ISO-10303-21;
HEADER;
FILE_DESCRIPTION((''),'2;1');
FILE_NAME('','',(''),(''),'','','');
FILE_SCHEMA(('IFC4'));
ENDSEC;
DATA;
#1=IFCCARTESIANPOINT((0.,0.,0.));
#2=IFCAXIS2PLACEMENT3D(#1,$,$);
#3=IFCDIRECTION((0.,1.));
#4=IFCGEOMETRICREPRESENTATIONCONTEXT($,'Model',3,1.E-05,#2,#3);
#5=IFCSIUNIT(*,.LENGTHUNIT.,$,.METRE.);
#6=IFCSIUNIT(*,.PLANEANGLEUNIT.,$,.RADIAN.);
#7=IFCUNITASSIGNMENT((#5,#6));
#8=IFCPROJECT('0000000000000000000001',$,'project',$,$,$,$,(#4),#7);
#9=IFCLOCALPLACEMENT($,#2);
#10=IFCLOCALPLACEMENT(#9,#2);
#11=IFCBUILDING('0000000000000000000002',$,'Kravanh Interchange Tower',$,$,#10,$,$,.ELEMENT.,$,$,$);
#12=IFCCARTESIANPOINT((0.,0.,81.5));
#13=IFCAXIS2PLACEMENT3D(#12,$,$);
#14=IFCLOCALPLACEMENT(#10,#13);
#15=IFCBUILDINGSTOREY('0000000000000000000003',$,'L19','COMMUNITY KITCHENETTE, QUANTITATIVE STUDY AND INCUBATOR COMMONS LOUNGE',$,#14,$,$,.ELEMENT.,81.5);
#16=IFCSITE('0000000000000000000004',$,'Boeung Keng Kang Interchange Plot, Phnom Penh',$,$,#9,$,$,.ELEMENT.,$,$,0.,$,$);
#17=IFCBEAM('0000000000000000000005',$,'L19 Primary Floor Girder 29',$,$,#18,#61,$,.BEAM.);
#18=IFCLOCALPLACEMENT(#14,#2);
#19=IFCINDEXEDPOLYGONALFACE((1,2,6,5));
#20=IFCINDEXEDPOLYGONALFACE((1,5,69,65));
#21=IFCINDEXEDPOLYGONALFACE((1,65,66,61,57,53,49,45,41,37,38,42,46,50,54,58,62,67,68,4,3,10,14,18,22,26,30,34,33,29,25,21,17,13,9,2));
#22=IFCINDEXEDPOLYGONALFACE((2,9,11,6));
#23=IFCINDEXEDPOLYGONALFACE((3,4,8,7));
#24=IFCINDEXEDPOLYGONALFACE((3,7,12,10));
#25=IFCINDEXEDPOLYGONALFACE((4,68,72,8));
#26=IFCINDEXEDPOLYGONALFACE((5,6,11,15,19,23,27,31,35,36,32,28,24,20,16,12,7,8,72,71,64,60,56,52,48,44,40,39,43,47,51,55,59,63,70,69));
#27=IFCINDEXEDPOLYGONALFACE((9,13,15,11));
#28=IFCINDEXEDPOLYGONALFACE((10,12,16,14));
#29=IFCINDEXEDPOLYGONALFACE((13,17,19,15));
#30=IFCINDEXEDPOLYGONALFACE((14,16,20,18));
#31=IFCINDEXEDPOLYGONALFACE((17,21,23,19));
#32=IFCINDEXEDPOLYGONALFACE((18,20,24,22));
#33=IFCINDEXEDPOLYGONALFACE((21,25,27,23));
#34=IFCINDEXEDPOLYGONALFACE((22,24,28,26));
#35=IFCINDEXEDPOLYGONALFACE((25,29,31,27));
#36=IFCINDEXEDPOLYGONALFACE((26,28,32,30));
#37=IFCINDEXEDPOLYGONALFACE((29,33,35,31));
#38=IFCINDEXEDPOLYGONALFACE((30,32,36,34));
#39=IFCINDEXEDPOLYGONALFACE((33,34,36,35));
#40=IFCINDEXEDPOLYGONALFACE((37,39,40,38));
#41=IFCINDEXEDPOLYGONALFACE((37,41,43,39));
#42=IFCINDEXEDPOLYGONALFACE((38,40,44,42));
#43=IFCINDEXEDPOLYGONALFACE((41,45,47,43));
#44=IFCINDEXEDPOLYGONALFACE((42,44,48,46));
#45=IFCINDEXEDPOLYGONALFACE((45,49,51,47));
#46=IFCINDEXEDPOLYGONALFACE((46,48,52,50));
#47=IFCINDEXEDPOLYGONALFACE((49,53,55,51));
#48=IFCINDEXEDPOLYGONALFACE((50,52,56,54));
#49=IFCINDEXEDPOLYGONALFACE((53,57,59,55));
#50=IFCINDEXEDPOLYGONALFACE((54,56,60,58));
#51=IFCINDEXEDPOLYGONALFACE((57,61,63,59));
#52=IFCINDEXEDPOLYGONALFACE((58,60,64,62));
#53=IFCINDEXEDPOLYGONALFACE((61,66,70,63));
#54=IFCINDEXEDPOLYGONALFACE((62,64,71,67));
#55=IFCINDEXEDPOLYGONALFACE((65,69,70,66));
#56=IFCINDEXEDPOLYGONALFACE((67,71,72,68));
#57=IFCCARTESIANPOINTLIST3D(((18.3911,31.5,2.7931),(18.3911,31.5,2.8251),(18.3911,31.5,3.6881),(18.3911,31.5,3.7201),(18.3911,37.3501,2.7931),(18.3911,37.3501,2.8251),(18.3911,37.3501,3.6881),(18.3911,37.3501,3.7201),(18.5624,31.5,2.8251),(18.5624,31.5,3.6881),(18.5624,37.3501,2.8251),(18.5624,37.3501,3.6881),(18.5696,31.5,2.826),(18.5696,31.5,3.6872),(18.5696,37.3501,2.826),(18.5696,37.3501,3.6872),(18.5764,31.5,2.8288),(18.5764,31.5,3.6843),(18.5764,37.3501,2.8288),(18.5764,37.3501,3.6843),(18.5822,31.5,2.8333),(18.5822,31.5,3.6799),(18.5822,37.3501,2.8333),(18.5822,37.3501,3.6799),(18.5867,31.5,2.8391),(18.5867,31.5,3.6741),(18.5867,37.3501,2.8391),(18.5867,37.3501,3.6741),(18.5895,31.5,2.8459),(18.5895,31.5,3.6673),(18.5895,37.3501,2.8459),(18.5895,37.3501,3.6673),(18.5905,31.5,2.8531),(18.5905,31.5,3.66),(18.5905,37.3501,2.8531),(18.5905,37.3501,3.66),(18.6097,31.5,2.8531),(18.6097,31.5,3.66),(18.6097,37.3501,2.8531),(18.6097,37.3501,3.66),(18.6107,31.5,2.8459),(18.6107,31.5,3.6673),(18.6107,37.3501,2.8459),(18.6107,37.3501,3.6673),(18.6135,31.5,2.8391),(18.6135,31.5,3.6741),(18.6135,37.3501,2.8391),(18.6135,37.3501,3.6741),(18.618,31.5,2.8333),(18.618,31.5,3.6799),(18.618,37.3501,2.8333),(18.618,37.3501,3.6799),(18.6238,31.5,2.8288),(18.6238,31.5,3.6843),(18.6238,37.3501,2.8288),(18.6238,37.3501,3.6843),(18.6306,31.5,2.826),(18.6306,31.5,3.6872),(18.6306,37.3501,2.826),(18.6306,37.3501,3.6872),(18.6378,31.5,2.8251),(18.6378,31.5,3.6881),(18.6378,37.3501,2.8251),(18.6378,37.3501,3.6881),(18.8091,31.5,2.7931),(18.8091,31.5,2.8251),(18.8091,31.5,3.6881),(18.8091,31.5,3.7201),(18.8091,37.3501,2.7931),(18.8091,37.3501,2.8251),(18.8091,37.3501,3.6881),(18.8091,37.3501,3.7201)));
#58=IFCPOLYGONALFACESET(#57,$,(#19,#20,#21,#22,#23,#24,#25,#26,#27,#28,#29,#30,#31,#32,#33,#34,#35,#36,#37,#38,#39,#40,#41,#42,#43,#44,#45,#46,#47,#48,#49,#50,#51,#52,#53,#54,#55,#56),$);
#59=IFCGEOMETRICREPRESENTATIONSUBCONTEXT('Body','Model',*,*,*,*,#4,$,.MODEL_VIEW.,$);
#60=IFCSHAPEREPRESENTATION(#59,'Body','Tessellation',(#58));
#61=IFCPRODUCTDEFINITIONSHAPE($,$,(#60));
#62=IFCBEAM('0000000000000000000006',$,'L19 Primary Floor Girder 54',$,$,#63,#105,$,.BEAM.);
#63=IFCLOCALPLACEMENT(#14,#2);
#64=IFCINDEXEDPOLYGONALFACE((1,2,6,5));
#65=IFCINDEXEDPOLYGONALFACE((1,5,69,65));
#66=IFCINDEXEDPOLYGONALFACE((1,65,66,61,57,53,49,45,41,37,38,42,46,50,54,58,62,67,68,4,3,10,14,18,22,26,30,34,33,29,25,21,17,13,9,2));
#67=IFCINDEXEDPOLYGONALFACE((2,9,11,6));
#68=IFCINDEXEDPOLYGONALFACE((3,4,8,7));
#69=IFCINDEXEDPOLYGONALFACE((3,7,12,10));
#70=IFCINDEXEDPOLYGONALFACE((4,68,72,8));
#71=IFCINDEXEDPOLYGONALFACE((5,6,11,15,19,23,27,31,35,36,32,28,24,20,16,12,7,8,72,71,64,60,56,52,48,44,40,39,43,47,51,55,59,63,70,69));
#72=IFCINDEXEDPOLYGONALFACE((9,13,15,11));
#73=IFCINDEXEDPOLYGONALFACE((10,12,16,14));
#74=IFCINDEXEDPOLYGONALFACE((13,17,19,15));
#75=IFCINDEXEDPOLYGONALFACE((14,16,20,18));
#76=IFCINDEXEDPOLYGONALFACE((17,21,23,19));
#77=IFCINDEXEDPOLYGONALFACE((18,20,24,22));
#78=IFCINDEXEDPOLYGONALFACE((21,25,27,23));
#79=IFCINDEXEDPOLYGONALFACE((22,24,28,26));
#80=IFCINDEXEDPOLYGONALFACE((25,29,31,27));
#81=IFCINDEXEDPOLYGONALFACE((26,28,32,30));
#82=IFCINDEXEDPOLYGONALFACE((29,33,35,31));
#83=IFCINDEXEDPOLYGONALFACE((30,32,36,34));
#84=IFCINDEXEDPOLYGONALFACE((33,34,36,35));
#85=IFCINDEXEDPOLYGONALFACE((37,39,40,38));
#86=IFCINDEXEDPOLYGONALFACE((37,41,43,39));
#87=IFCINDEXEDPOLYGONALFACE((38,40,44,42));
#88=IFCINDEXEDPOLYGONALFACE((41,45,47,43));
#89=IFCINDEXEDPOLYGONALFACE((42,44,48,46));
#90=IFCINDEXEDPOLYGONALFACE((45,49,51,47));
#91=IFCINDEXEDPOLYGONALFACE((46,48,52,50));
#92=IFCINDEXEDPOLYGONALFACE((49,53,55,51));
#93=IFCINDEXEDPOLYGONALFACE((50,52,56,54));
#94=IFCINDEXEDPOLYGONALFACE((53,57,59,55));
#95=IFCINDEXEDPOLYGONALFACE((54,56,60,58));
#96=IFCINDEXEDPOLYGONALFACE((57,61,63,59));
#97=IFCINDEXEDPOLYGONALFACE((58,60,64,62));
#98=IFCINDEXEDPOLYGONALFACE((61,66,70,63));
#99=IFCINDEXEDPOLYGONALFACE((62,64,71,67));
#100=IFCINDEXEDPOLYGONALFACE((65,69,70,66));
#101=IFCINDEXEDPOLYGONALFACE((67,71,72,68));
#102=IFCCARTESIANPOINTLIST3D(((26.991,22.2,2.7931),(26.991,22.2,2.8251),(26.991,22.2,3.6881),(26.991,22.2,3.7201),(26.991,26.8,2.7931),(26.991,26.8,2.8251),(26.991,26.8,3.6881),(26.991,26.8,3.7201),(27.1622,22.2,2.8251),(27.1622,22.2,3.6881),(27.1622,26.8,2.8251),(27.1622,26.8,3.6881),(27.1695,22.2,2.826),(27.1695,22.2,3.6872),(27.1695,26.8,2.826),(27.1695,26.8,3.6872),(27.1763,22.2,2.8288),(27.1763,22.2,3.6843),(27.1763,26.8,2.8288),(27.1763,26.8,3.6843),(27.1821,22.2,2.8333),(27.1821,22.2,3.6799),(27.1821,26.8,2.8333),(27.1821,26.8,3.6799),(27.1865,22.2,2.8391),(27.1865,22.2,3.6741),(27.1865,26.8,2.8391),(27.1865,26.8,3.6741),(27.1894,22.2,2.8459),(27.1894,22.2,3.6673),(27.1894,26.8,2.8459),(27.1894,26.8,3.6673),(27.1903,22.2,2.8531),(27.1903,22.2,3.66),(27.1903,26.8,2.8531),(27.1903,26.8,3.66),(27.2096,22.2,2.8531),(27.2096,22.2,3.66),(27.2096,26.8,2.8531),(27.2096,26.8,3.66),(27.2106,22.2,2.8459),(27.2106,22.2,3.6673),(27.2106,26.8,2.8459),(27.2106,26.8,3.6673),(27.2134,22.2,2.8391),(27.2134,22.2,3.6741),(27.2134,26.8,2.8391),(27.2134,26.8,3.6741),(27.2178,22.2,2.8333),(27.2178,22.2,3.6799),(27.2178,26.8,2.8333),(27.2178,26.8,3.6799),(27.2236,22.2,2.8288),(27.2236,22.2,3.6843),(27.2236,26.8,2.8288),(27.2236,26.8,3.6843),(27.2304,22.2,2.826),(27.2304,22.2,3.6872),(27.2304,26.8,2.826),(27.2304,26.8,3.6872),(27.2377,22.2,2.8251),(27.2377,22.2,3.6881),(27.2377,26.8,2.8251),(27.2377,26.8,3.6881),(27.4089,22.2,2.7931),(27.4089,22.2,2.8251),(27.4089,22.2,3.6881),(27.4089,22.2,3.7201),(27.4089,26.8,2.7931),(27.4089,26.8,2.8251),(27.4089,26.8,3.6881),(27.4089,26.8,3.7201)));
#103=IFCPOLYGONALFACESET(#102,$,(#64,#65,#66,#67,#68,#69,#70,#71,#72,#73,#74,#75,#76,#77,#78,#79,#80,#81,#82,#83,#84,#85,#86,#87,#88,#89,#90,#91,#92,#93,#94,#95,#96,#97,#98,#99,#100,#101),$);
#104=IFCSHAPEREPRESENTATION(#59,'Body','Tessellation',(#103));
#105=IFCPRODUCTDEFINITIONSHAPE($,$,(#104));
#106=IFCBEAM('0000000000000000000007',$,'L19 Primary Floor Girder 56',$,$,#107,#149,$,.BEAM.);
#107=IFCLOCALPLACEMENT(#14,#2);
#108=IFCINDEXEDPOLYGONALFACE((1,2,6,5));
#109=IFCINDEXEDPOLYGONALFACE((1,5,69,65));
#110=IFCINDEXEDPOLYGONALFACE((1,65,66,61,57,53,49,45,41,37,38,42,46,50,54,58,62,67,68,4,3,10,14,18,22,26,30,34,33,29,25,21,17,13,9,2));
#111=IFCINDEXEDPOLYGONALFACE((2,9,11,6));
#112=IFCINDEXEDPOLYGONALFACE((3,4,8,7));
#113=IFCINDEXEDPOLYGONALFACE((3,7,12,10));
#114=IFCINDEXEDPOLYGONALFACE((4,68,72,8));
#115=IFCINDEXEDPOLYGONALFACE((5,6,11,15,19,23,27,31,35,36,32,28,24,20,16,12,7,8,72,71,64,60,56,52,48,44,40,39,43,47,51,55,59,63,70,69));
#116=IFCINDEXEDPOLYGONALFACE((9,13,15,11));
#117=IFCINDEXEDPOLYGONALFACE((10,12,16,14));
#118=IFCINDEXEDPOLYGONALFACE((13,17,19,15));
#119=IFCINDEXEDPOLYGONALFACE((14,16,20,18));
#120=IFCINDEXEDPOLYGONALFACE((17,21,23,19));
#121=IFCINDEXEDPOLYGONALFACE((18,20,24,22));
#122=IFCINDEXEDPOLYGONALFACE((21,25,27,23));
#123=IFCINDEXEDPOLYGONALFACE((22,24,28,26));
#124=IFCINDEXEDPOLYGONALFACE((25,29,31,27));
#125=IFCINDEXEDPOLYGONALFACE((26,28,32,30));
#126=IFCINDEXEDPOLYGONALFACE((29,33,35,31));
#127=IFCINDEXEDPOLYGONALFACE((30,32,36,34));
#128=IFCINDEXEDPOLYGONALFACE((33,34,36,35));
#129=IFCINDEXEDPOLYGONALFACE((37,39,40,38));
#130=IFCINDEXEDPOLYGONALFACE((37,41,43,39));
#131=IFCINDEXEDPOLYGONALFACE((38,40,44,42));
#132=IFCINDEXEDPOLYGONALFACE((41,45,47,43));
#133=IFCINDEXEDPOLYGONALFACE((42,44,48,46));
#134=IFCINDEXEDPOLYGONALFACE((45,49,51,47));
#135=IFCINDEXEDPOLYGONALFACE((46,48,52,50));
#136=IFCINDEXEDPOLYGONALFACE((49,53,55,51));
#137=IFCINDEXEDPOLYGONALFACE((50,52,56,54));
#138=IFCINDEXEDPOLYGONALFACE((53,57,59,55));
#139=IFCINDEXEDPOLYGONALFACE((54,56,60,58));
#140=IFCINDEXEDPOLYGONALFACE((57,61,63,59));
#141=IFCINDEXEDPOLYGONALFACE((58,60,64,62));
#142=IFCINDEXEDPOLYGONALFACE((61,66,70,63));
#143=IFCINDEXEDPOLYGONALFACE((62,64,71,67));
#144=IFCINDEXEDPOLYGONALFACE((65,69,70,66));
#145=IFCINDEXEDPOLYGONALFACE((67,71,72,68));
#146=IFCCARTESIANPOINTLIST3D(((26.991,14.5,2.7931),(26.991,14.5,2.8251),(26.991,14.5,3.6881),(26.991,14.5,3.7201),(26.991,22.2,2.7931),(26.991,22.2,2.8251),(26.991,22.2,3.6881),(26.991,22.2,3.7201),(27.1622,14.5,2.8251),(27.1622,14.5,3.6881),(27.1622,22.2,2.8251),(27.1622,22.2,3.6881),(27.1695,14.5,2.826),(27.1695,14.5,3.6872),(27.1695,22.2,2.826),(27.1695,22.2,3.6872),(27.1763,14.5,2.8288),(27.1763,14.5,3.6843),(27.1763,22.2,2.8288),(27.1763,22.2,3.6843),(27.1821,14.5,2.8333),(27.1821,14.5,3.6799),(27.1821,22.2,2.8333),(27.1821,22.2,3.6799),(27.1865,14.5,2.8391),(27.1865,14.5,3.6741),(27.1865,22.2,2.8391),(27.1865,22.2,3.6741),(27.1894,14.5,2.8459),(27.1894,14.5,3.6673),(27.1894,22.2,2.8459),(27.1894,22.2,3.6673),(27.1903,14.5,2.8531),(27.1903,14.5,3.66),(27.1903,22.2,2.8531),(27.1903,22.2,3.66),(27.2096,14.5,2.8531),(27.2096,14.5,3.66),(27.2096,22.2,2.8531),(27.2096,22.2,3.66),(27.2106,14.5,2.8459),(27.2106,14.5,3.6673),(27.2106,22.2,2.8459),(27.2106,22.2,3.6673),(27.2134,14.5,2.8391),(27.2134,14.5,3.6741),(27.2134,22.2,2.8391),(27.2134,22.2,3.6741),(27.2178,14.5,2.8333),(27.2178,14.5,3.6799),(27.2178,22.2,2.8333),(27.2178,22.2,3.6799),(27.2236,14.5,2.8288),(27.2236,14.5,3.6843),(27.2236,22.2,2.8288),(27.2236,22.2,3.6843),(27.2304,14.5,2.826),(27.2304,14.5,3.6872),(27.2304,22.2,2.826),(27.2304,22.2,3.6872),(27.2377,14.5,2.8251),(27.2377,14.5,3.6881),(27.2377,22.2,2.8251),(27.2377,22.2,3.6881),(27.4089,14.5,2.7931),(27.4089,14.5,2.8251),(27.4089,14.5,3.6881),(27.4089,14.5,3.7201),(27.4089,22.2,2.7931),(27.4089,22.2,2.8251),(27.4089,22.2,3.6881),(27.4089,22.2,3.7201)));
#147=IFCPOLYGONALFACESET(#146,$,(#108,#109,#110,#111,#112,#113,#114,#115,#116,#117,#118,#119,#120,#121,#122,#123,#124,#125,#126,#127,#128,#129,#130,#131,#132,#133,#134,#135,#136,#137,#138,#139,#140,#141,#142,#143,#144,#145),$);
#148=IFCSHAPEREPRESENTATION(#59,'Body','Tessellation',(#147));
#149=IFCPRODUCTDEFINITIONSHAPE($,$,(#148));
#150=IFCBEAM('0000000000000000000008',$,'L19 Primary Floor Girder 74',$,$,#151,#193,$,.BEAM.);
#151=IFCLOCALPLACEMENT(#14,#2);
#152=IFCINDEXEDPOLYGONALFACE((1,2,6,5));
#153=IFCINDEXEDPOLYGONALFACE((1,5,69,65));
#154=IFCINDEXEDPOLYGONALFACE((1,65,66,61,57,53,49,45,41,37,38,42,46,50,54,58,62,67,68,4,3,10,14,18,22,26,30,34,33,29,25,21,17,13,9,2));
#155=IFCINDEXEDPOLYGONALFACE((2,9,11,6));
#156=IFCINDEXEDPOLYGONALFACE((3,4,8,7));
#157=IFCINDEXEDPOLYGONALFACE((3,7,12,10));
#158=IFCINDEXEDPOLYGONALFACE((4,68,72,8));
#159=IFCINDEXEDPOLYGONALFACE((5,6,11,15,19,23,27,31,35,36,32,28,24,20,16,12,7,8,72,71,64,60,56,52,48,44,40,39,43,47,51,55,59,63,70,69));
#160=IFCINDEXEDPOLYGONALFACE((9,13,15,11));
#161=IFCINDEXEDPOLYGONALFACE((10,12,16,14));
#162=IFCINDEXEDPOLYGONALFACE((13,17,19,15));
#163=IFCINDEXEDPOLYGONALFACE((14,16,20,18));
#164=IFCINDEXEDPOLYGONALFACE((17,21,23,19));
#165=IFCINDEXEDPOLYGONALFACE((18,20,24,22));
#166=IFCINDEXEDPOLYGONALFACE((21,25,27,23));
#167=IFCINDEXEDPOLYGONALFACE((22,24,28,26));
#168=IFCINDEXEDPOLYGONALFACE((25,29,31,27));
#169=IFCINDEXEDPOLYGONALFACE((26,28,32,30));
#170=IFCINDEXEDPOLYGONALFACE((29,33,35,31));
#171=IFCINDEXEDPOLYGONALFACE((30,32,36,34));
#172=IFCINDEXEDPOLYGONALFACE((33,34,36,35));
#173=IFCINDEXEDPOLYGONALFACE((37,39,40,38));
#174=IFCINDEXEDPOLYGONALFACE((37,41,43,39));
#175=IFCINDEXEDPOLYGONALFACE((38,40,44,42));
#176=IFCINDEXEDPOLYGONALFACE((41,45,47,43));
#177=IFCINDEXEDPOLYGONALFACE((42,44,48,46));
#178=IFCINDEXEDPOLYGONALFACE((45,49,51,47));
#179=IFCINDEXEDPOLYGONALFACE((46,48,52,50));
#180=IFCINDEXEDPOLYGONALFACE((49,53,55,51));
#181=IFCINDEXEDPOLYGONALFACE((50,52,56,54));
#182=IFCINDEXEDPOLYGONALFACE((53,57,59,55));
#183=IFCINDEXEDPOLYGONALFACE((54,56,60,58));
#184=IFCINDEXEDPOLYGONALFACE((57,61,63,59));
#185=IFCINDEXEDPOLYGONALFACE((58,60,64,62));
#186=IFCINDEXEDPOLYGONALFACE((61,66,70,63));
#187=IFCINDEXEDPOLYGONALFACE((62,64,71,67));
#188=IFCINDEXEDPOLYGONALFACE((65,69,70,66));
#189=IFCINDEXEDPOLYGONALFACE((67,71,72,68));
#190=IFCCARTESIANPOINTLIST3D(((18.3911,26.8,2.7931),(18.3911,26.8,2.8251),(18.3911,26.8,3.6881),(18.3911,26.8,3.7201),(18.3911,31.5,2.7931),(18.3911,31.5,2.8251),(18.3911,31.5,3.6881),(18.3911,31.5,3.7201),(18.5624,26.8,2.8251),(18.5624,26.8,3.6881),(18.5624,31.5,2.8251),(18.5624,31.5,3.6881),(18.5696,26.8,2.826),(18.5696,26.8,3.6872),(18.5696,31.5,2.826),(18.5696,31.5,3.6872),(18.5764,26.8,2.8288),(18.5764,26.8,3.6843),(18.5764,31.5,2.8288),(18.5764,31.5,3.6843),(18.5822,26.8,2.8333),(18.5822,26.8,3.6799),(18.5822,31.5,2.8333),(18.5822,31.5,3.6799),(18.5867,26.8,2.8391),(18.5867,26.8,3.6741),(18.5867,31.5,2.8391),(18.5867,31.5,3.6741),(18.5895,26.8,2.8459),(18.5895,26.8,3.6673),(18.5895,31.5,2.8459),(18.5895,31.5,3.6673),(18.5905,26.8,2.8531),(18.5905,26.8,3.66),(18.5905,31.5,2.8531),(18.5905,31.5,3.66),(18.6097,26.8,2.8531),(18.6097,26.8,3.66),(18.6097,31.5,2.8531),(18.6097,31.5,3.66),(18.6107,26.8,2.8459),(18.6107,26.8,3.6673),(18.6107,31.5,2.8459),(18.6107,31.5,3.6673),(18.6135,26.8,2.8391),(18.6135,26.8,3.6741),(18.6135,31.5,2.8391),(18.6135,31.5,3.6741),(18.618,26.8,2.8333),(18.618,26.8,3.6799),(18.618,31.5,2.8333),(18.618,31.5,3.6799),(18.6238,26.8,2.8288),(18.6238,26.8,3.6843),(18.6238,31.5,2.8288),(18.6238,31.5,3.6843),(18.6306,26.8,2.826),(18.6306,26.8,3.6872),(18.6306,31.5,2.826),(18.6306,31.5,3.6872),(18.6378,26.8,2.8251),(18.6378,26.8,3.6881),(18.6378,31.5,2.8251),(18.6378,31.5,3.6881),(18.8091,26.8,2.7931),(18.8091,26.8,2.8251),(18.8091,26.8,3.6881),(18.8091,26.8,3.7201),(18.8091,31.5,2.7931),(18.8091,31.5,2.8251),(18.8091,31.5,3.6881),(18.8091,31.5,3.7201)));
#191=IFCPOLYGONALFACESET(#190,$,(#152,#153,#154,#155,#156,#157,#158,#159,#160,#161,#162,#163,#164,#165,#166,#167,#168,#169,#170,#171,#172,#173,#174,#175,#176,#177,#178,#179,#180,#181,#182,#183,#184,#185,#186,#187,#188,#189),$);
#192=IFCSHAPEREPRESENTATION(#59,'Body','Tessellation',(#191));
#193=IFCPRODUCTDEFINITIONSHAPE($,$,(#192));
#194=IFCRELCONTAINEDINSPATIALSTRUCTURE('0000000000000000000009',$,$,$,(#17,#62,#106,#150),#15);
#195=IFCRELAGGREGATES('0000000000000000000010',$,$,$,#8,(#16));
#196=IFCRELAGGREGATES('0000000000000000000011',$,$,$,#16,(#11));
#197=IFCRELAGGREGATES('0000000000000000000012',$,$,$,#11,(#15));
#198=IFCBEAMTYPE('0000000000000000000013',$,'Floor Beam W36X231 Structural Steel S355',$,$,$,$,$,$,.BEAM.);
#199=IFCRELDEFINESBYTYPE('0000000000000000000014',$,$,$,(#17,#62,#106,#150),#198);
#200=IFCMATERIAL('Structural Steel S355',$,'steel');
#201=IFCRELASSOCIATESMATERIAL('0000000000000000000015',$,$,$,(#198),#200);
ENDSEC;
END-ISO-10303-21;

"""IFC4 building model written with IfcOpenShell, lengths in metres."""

from ifc_helpers import new_model, si_unit, direction, frame, origin, origin_2d, place, context, subcontext, project, spatial, i_section, extrude, material, material_profile, profile_set, type_object, element, save


model = new_model("IFC4")

# Units and contexts
model_context = context("Model", 3, precision=1e-05, world=origin(), true_north=direction((0.0, 1.0)))
body_context = subcontext(model_context, "Body", "Model", "MODEL_VIEW")
ifc_project = project(units=[si_unit("LENGTHUNIT", "METRE"), si_unit("PLANEANGLEUNIT", "RADIAN")], contexts=[model_context])

# Site, building, storey
site_placement = place(None, origin())
site = spatial("IfcSite", under=ifc_project, at=site_placement, Name="Boeung Keng Kang Interchange Plot, Phnom Penh", CompositionType="ELEMENT", RefElevation=0.0)
building_placement = place(site_placement, origin())
building = spatial("IfcBuilding", under=site, at=building_placement, Name="Kravanh Interchange Tower", CompositionType="ELEMENT")
storey_placement = place(building_placement, frame((0.0, 0.0, 81.5)))
storey = spatial("IfcBuildingStorey", under=building, at=storey_placement, Name="L19", Description="COMMUNITY KITCHENETTE, QUANTITATIVE STUDY AND INCUBATOR COMMONS LOUNGE", CompositionType="ELEMENT", Elevation=81.5)

# Beams
ifc_material_1 = material(Name="Structural Steel S355", Category="steel")
ifc_material_profile_1 = material_profile(ifc_material_1, i_section(OverallWidth=0.418, OverallDepth=0.927, WebThickness=0.0193, FlangeThickness=0.032, FilletRadius=0.0281, at=origin_2d()), Name="W36X231")
ifc_profile_set_1 = profile_set([ifc_material_profile_1], Name="Structural Steel S355")
beam_type_1 = type_object("IfcBeamType", Name="Floor Beam W36X231 Structural Steel S355", PredefinedType="BEAM", material=ifc_profile_set_1)
beam_1_placement = place(storey_placement, frame((18.6001, 37.3501, 3.2566), z_axis=(0.0, -1.0, 0.0), x_axis=(1.0, 0.0, 0.0)))
element("IfcBeam", 1, at=beam_1_placement, inside=storey, type_object=beam_type_1, Name="L19 Primary Floor Girder 29", PredefinedType="BEAM", context=body_context, shape_type="SweptSolid", body=[
    extrude(i_section(OverallWidth=0.418, OverallDepth=0.927, WebThickness=0.0193, FlangeThickness=0.032, FilletRadius=0.0281, at=origin_2d()), origin(), (0.0, 0.0, 1.0), 5.8501),
])
beam_2_placement = place(storey_placement, frame((27.2, 22.2, 3.2566), z_axis=(0.0, 1.0, 0.0), x_axis=(-1.0, 0.0, 0.0)))
element("IfcBeam", 2, at=beam_2_placement, inside=storey, type_object=beam_type_1, Name="L19 Primary Floor Girder 54", PredefinedType="BEAM", context=body_context, shape_type="SweptSolid", body=[
    extrude(i_section(OverallWidth=0.418, OverallDepth=0.927, WebThickness=0.0193, FlangeThickness=0.032, FilletRadius=0.0281, at=origin_2d()), origin(), (0.0, 0.0, 1.0), 4.6001),
])
beam_3_placement = place(storey_placement, frame((27.2, 22.2, 3.2566), z_axis=(0.0, -1.0, 0.0), x_axis=(1.0, 0.0, 0.0)))
element("IfcBeam", 3, at=beam_3_placement, inside=storey, type_object=beam_type_1, Name="L19 Primary Floor Girder 56", PredefinedType="BEAM", context=body_context, shape_type="SweptSolid", body=[
    extrude(i_section(OverallWidth=0.418, OverallDepth=0.927, WebThickness=0.0193, FlangeThickness=0.032, FilletRadius=0.0281, at=origin_2d()), origin(), (0.0, 0.0, 1.0), 7.7),
])
beam_4_placement = place(storey_placement, frame((18.6001, 26.8, 3.2566), z_axis=(0.0, 1.0, 0.0), x_axis=(-1.0, 0.0, 0.0)))
element("IfcBeam", 4, at=beam_4_placement, inside=storey, type_object=beam_type_1, Name="L19 Primary Floor Girder 74", PredefinedType="BEAM", context=body_context, shape_type="SweptSolid", body=[
    extrude(i_section(OverallWidth=0.418, OverallDepth=0.927, WebThickness=0.0193, FlangeThickness=0.032, FilletRadius=0.0281, at=origin_2d()), origin(), (0.0, 0.0, 1.0), 4.7),
])

save(model, "model.ifc")
